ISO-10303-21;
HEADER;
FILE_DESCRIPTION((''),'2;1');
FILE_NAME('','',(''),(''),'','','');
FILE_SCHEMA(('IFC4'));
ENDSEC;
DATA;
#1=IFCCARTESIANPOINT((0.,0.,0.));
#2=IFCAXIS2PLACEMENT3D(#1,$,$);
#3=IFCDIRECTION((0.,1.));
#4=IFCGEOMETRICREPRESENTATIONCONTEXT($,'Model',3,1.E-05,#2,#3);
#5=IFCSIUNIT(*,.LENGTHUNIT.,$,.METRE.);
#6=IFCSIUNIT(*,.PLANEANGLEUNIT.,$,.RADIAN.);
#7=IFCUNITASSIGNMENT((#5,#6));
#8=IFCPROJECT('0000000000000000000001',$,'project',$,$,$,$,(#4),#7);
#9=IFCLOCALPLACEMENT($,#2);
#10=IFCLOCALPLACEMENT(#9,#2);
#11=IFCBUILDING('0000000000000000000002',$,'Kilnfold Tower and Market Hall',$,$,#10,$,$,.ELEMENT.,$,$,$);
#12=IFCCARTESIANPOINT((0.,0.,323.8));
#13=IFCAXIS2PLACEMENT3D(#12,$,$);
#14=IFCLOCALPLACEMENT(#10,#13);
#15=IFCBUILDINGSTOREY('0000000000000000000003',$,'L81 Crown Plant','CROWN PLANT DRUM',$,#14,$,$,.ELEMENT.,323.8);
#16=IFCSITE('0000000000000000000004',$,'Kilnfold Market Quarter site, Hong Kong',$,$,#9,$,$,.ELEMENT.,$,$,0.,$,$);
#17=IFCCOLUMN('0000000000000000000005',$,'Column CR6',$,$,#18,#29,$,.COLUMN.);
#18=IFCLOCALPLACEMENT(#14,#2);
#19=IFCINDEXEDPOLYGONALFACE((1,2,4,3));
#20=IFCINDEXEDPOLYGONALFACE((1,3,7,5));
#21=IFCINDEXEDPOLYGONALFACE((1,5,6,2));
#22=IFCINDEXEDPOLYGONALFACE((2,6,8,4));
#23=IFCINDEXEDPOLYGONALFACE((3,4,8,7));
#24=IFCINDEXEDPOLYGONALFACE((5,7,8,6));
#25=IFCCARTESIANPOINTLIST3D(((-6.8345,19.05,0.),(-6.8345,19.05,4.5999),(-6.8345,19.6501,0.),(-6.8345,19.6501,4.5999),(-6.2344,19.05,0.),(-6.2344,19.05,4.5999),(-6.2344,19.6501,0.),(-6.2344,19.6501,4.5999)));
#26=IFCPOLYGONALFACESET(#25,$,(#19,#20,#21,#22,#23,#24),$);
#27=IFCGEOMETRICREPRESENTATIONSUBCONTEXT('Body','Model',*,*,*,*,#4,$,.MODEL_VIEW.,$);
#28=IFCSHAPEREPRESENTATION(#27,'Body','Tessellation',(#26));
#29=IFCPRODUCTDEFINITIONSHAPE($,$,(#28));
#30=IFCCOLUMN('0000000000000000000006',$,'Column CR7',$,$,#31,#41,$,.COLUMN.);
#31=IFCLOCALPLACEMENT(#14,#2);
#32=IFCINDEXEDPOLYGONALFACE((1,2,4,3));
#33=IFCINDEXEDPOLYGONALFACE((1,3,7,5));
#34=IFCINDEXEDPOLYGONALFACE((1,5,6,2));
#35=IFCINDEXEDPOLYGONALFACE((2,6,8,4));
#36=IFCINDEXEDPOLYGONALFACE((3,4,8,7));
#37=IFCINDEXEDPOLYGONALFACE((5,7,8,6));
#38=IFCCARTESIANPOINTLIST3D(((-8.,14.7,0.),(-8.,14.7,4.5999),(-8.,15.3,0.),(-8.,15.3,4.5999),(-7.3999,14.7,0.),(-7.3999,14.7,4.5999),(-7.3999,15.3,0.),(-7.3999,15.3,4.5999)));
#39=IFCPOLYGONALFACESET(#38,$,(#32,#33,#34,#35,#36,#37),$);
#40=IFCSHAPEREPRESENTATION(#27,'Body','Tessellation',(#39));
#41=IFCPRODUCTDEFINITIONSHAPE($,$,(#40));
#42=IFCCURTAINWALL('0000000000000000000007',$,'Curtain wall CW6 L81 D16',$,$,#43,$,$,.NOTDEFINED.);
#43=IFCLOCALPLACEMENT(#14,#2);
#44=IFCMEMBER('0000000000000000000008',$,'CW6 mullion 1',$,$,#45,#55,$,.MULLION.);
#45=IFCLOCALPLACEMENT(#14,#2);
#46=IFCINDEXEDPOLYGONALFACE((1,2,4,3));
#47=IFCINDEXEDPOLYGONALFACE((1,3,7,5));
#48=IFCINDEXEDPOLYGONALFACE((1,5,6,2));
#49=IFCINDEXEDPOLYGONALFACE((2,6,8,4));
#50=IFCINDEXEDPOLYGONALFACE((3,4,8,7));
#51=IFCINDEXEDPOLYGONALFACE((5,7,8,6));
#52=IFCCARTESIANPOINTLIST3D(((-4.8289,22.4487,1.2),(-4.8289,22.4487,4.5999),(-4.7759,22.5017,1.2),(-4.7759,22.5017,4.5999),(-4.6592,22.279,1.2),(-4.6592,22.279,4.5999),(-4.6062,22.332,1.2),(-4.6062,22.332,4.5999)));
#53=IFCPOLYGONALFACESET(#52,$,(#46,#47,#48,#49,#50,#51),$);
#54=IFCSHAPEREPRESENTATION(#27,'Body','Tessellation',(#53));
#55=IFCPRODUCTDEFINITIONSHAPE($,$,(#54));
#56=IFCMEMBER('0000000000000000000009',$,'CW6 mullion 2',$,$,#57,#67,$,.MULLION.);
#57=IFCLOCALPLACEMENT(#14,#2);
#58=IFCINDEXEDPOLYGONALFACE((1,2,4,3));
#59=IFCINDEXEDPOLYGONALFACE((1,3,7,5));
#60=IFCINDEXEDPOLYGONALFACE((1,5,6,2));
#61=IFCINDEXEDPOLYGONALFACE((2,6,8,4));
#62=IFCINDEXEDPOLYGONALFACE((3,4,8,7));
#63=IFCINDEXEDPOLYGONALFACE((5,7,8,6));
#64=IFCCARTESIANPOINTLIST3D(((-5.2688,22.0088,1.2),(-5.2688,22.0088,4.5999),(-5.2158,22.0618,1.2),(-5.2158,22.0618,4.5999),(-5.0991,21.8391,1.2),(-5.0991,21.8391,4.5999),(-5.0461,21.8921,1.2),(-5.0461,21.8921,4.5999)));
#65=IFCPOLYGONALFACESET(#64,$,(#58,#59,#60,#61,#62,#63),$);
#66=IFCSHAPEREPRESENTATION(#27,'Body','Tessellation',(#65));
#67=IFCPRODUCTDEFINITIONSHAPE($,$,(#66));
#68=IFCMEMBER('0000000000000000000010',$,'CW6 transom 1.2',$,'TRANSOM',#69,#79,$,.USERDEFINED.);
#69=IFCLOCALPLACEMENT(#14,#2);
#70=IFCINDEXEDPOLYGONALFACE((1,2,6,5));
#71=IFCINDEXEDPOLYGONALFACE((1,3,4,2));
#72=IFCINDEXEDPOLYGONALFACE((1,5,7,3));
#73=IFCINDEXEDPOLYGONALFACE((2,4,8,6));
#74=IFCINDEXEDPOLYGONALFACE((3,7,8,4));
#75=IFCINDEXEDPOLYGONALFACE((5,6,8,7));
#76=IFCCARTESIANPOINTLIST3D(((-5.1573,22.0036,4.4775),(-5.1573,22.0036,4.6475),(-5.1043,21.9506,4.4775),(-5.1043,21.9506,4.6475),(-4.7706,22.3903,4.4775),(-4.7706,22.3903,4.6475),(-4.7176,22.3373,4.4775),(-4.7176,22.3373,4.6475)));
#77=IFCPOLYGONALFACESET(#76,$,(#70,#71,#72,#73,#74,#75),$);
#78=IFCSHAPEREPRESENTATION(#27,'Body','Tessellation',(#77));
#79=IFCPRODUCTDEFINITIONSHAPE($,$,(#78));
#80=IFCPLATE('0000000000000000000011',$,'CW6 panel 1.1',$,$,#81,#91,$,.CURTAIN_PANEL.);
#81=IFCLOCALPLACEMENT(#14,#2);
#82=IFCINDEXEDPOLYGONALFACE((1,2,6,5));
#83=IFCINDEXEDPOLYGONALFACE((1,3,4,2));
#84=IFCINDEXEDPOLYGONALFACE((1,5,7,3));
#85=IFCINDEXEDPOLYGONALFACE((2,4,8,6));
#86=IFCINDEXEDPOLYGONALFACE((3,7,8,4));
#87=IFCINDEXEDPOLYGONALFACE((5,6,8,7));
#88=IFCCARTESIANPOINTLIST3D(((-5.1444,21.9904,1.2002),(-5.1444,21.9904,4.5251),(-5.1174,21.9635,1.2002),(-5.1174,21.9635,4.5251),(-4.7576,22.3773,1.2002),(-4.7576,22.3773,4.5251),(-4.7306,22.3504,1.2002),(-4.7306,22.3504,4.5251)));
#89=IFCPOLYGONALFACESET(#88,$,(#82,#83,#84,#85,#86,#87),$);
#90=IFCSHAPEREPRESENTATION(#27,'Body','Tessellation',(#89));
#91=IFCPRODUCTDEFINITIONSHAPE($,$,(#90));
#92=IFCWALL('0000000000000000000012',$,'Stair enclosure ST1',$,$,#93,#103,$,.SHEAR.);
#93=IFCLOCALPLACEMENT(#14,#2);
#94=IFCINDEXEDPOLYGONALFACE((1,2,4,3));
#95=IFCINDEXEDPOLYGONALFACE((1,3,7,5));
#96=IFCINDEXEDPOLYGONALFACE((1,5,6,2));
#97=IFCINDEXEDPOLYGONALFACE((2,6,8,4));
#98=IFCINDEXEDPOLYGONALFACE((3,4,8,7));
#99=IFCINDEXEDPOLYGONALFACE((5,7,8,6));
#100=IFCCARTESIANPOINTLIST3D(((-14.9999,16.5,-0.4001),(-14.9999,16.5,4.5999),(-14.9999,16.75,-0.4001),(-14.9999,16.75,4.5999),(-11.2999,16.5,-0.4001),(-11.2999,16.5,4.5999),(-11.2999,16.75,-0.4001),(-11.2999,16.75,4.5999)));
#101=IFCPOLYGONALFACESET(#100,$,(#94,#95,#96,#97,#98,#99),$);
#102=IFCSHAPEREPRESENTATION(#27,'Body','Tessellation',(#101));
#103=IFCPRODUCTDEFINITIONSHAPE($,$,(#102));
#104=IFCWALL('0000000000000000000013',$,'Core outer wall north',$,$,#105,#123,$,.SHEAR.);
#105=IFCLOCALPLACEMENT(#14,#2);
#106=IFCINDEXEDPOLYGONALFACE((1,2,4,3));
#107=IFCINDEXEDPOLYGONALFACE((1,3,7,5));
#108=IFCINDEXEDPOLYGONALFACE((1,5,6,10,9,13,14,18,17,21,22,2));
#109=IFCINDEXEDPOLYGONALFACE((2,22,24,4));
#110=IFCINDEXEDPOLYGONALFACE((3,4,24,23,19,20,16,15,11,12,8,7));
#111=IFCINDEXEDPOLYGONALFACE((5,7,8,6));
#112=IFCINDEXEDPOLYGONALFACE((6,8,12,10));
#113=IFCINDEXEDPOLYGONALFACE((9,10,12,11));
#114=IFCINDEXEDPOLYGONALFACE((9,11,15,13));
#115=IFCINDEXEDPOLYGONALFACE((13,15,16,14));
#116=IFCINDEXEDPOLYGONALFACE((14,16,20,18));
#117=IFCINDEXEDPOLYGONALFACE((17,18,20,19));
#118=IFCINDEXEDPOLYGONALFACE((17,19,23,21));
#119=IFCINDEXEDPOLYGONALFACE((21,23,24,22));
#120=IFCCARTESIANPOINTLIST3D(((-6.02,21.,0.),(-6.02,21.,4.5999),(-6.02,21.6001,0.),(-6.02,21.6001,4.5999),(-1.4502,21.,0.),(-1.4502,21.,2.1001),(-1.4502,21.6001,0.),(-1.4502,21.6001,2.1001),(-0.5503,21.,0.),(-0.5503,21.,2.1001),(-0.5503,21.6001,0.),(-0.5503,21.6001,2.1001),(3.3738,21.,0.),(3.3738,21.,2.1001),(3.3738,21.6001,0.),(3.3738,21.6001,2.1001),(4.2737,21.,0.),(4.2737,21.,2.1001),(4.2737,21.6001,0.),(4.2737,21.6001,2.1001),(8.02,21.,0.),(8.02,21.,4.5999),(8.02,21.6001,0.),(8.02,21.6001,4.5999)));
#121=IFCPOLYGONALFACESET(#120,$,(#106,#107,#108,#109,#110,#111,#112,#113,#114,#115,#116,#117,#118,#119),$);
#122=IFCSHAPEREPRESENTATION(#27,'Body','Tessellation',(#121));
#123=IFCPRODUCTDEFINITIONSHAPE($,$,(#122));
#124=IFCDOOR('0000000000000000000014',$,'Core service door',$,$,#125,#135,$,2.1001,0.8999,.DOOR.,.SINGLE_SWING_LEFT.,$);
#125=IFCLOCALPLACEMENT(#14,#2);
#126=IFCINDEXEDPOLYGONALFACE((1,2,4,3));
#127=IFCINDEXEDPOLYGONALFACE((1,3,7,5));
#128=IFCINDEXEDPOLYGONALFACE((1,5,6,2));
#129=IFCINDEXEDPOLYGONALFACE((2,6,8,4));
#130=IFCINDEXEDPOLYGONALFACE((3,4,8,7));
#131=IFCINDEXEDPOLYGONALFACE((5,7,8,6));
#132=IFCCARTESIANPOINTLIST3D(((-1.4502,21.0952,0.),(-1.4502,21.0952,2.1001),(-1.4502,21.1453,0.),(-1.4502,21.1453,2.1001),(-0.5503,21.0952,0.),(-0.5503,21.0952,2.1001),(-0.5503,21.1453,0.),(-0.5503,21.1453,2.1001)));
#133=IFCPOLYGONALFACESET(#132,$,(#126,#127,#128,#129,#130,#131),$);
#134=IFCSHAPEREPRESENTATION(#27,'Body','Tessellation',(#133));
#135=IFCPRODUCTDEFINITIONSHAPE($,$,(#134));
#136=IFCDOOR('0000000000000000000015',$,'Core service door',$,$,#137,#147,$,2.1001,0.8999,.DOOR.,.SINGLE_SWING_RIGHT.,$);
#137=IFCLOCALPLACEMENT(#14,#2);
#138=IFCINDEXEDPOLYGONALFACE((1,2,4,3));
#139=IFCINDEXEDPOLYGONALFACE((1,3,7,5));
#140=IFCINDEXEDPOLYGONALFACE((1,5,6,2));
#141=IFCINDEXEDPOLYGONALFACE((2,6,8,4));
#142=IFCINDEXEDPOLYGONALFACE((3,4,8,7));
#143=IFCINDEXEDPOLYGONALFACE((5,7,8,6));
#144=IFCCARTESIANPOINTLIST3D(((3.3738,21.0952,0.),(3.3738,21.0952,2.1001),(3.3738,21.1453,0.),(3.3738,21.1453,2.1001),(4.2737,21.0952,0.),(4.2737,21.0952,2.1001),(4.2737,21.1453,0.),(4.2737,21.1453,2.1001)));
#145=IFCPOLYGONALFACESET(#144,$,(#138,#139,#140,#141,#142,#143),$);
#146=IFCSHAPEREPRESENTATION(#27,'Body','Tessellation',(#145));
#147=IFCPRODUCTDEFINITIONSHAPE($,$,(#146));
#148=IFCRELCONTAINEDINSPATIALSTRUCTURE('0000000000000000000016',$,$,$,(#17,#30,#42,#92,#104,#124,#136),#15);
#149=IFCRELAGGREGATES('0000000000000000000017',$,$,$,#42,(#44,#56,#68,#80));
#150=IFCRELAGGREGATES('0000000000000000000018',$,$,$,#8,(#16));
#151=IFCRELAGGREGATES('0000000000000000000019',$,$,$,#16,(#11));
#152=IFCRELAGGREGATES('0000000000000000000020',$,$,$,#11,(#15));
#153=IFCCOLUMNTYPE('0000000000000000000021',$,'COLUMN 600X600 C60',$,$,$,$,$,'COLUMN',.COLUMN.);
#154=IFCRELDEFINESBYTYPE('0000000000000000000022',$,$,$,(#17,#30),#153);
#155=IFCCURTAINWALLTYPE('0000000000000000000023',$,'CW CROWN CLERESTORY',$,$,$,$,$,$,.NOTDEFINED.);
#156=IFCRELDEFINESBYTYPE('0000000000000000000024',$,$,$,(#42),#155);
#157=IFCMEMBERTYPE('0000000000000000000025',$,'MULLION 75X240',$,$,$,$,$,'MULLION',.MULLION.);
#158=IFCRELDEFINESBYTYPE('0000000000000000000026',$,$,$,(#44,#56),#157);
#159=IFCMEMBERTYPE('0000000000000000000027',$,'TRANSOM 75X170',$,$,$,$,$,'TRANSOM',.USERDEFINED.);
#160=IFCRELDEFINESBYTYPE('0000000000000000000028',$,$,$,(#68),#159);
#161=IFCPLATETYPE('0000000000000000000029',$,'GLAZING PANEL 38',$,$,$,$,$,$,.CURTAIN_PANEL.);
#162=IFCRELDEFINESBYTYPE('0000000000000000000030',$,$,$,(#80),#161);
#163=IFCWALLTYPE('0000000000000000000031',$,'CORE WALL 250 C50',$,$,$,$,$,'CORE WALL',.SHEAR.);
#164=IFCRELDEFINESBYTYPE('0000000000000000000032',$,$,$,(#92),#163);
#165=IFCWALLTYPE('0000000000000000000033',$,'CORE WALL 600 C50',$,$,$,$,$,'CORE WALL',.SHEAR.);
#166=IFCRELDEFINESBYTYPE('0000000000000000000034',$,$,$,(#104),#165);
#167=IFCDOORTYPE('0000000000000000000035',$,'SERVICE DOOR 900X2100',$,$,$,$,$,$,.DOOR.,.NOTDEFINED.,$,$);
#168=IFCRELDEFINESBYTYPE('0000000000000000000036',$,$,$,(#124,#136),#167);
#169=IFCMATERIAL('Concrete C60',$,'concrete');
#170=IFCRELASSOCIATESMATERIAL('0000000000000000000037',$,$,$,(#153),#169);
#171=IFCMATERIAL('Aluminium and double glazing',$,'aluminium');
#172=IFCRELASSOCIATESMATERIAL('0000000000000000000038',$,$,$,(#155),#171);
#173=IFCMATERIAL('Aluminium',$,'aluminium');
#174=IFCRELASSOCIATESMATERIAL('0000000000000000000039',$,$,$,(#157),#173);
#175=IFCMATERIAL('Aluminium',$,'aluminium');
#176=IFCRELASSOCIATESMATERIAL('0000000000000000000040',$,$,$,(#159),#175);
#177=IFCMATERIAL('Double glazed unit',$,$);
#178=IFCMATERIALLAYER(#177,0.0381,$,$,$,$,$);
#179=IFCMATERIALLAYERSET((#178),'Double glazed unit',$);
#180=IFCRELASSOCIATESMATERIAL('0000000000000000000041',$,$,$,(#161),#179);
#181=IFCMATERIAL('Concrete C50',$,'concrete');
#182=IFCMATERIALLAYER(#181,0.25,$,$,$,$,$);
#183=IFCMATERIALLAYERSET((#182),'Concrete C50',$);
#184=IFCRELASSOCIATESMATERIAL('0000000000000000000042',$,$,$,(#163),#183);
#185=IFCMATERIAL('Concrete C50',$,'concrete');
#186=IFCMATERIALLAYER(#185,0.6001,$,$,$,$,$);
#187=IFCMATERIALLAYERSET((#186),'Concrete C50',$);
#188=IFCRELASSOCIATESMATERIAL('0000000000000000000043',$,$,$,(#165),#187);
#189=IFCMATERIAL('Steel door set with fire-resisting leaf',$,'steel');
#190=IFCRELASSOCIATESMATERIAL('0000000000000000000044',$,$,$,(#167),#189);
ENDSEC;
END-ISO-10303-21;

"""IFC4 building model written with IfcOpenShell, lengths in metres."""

from ifc_helpers import new_model, si_unit, direction, frame, frame_2d, origin, origin_2d, place, context, subcontext, project, spatial, rectangle, extrude, source, transform, mapped, material, layer, layer_set, material_profile, profile_set, type_object, element, fill, aggregate, save


model = new_model("IFC4")

# Units and contexts
model_context = context("Model", 3, precision=1e-05, world=origin(), true_north=direction((0.0, 1.0)))
body_context = subcontext(model_context, "Body", "Model", "MODEL_VIEW")
ifc_project = project(units=[si_unit("LENGTHUNIT", "METRE"), si_unit("PLANEANGLEUNIT", "RADIAN")], contexts=[model_context])

# Site, building, storey
site_placement = place(None, origin())
site = spatial("IfcSite", under=ifc_project, at=site_placement, Name="Kilnfold Market Quarter site, Hong Kong", CompositionType="ELEMENT", RefElevation=0.0)
building_placement = place(site_placement, origin())
building = spatial("IfcBuilding", under=site, at=building_placement, Name="Kilnfold Tower and Market Hall", CompositionType="ELEMENT")
storey_placement = place(building_placement, frame((0.0, 0.0, 323.8)))
storey = spatial("IfcBuildingStorey", under=building, at=storey_placement, Name="L81 Crown Plant", Description="CROWN PLANT DRUM", CompositionType="ELEMENT", Elevation=323.8)

# Columns
ifc_material_1 = material(Name="Concrete C60", Category="concrete")
ifc_material_profile_1 = material_profile(ifc_material_1, rectangle(XDim=0.6001, YDim=0.6001, at=origin_2d()), Name="RC 600x600")
ifc_profile_set_1 = profile_set([ifc_material_profile_1], Name="Concrete C60")
column_type = type_object("IfcColumnType", Name="COLUMN 600X600 C60", ElementType="COLUMN", PredefinedType="COLUMN", material=ifc_profile_set_1)
shared_shape_1 = source(origin(), body_context, "Body", "SweptSolid", [
    extrude(rectangle(XDim=0.6001, YDim=0.6001, at=origin_2d()), origin(), (0.0, 0.0, 1.0), 4.5999),
])
for number, where, z_axis, x_axis, name in (
    (1, (-6.5344, 19.3501, 0.0), (0.0, 0.0, 1.0), (1.0, 0.0, 0.0), "Column CR6"),
    (2, (-7.7, 15.0, 0.0), (0.0, 0.0, 1.0), (1.0, 0.0, 0.0), "Column CR7"),
):
    element("IfcColumn", number, at=place(storey_placement, frame(where, z_axis=z_axis, x_axis=x_axis)), inside=storey, type_object=column_type, Name=name, PredefinedType="COLUMN", context=body_context, shape_type="MappedRepresentation", body=[
        mapped(shared_shape_1, transform((0.0, 0.0, 0.0))),
    ])

# Curtain wall, members, plate
ifc_material_2 = material(Name="Aluminium and double glazing", Category="aluminium")
curtain_wall_type = type_object("IfcCurtainWallType", Name="CW CROWN CLERESTORY", PredefinedType="NOTDEFINED", material=ifc_material_2)
curtain_wall_placement = place(storey_placement, origin())
curtain_wall = element("IfcCurtainWall", 3, at=curtain_wall_placement, inside=storey, type_object=curtain_wall_type, Name="Curtain wall CW6 L81 D16", PredefinedType="NOTDEFINED")
ifc_material_3 = material(Name="Aluminium", Category="aluminium")
ifc_material_profile_2 = material_profile(ifc_material_3, rectangle(XDim=0.075, YDim=0.24, at=origin_2d()), Name="MULLION 75x240")
ifc_profile_set_2 = profile_set([ifc_material_profile_2], Name="Aluminium")
member_type_1 = type_object("IfcMemberType", Name="MULLION 75X240", ElementType="MULLION", PredefinedType="MULLION", material=ifc_profile_set_2)
shared_shape_2 = source(origin(), body_context, "Body", "SweptSolid", [
    extrude(rectangle(XDim=0.075, YDim=0.24, at=origin_2d()), origin(), (0.0, 0.0, 1.0), 3.3999),
])
member_1_placement = place(storey_placement, frame((-4.7175, 22.3904, 1.2), z_axis=(0.0, 0.0, 1.0), x_axis=(-0.707035, -0.707178, 0.0)))
member_1 = element("IfcMember", 4, at=member_1_placement, type_object=member_type_1, Name="CW6 mullion 1", PredefinedType="MULLION", context=body_context, shape_type="MappedRepresentation", body=[
    mapped(shared_shape_2, transform((0.0, 0.0, 0.0))),
])
member_2_placement = place(storey_placement, frame((-5.1575, 21.9504, 1.2), z_axis=(0.0, 0.0, 1.0), x_axis=(-0.707035, -0.707178, 0.0)))
member_2 = element("IfcMember", 5, at=member_2_placement, type_object=member_type_1, Name="CW6 mullion 2", PredefinedType="MULLION", context=body_context, shape_type="MappedRepresentation", body=[
    mapped(shared_shape_2, transform((0.0, 0.0, 0.0))),
])
ifc_material_4 = material(Name="Aluminium", Category="aluminium")
ifc_material_profile_3 = material_profile(ifc_material_4, rectangle(XDim=0.075, YDim=0.1699, at=origin_2d()), Name="TRANSOM 75x170")
ifc_profile_set_3 = profile_set([ifc_material_profile_3], Name="Aluminium")
member_type_2 = type_object("IfcMemberType", Name="TRANSOM 75X170", ElementType="TRANSOM", PredefinedType="USERDEFINED", material=ifc_profile_set_3)
shared_shape_3 = source(origin(), body_context, "Body", "SweptSolid", [
    extrude(rectangle(XDim=0.075, YDim=0.1699, at=origin_2d()), origin(), (0.0, 0.0, 1.0), 0.5469),
])
member_3_placement = place(storey_placement, frame((-4.7441, 22.3638, 4.5625), z_axis=(-0.707107, -0.707107, 0.0), x_axis=(0.707107, -0.707107, 0.0)))
member_3 = element("IfcMember", 6, at=member_3_placement, type_object=member_type_2, Name="CW6 transom 1.2", ObjectType="TRANSOM", PredefinedType="USERDEFINED", context=body_context, shape_type="MappedRepresentation", body=[
    mapped(shared_shape_3, transform((0.0, 0.0, 0.0))),
])
ifc_material_5 = material(Name="Double glazed unit")
ifc_layer_1 = layer(ifc_material_5, 0.0381)
ifc_layer_set_1 = layer_set([ifc_layer_1], Name="Double glazed unit")
plate_type = type_object("IfcPlateType", Name="GLAZING PANEL 38", PredefinedType="CURTAIN_PANEL", material=ifc_layer_set_1)
shared_shape_4 = source(origin(), body_context, "Body", "SweptSolid", [
    extrude(rectangle(XDim=0.5471, YDim=0.0381, at=origin_2d()), origin(), (0.0, 0.0, 1.0), 3.325),
])
plate_placement = place(storey_placement, frame((-4.9375, 22.1704, 1.2002), z_axis=(0.0, 0.0, 1.0), x_axis=(-0.707035, -0.707178, 0.0)))
plate = element("IfcPlate", 7, at=plate_placement, type_object=plate_type, Name="CW6 panel 1.1", PredefinedType="CURTAIN_PANEL", context=body_context, shape_type="MappedRepresentation", body=[
    mapped(shared_shape_4, transform((0.0, 0.0, 0.0))),
])
aggregate(curtain_wall, [member_1, member_2, member_3, plate])

# Wall
ifc_material_6 = material(Name="Concrete C50", Category="concrete")
ifc_layer_2 = layer(ifc_material_6, 0.25)
ifc_layer_set_2 = layer_set([ifc_layer_2], Name="Concrete C50")
wall_type_1 = type_object("IfcWallType", Name="CORE WALL 250 C50", ElementType="CORE WALL", PredefinedType="SHEAR", material=ifc_layer_set_2)
shared_shape_5 = source(origin(), body_context, "Body", "SweptSolid", [
    extrude(rectangle(XDim=3.7, YDim=0.25, at=frame_2d((1.8501, 0.0))), origin(), (0.0, 0.0, 1.0), 5.0),
])
wall_1_placement = place(storey_placement, frame((-15.0, 16.625, -0.4001), z_axis=(0.0, 0.0, 1.0), x_axis=(1.0, 0.0, 0.0)))
element("IfcWall", 8, at=wall_1_placement, inside=storey, type_object=wall_type_1, Name="Stair enclosure ST1", PredefinedType="SHEAR", context=body_context, shape_type="MappedRepresentation", body=[
    mapped(shared_shape_5, transform((0.0, 0.0, 0.0))),
])

# Wall, openings, doors
ifc_material_7 = material(Name="Concrete C50", Category="concrete")
ifc_layer_3 = layer(ifc_material_7, 0.6001)
ifc_layer_set_3 = layer_set([ifc_layer_3], Name="Concrete C50")
wall_type_2 = type_object("IfcWallType", Name="CORE WALL 600 C50", ElementType="CORE WALL", PredefinedType="SHEAR", material=ifc_layer_set_3)
shared_shape_6 = source(origin(), body_context, "Body", "SweptSolid", [
    extrude(rectangle(XDim=14.04, YDim=0.6001, at=frame_2d((7.02, 0.0))), origin(), (0.0, 0.0, 1.0), 4.5999),
])
wall_2_placement = place(storey_placement, frame((-6.02, 21.3, 0.0), z_axis=(0.0, 0.0, 1.0), x_axis=(1.0, 0.0, 0.0)))
wall_2 = element("IfcWall", 9, at=wall_2_placement, inside=storey, type_object=wall_type_2, Name="Core outer wall north", PredefinedType="SHEAR", context=body_context, shape_type="MappedRepresentation", body=[
    mapped(shared_shape_6, transform((0.0, 0.0, 0.0))),
])
opening_1_placement = place(wall_2_placement, frame((4.5698, 0.0, 0.0)))
opening_1 = element("IfcOpeningElement", 10, at=opening_1_placement, cuts=wall_2, PredefinedType="OPENING", context=body_context, shape_type="SweptSolid", body=[
    extrude(rectangle(XDim=0.8999, YDim=2.1001, at=frame_2d((0.45, 1.05))), frame((0.0, 0.3101, 0.0), z_axis=(0.0, -1.0, 0.0), x_axis=(1.0, 0.0, 0.0)), (0.0, 0.0, 1.0), 0.6201),
])
opening_2_placement = place(wall_2_placement, frame((9.3938, 0.0, 0.0)))
opening_2 = element("IfcOpeningElement", 11, at=opening_2_placement, cuts=wall_2, PredefinedType="OPENING", context=body_context, shape_type="SweptSolid", body=[
    extrude(rectangle(XDim=0.8999, YDim=2.1001, at=frame_2d((0.45, 1.05))), frame((0.0, 0.3101, 0.0), z_axis=(0.0, -1.0, 0.0), x_axis=(1.0, 0.0, 0.0)), (0.0, 0.0, 1.0), 0.6201),
])
ifc_material_8 = material(Name="Steel door set with fire-resisting leaf", Category="steel")
door_type = type_object("IfcDoorType", Name="SERVICE DOOR 900X2100", OperationType="NOTDEFINED", PredefinedType="DOOR", material=ifc_material_8)
door_1_placement = place(opening_1_placement, origin())
door_1 = element("IfcDoor", 12, at=door_1_placement, inside=storey, type_object=door_type, Name="Core service door", OperationType="SINGLE_SWING_LEFT", OverallHeight=2.1001, OverallWidth=0.8999, PredefinedType="DOOR", context=body_context, shape_type="SweptSolid", body=[
    extrude(rectangle(XDim=0.8999, YDim=2.1001, at=frame_2d((0.45, 1.05))), frame((0.0, -0.1548, 0.0), z_axis=(0.0, -1.0, 0.0), x_axis=(1.0, 0.0, 0.0)), (0.0, 0.0, 1.0), 0.05),
])
fill(opening_1, door_1)
door_2_placement = place(opening_2_placement, origin())
door_2 = element("IfcDoor", 13, at=door_2_placement, inside=storey, type_object=door_type, Name="Core service door", OperationType="SINGLE_SWING_RIGHT", OverallHeight=2.1001, OverallWidth=0.8999, PredefinedType="DOOR", context=body_context, shape_type="SweptSolid", body=[
    extrude(rectangle(XDim=0.8999, YDim=2.1001, at=frame_2d((0.45, 1.05))), frame((0.0, -0.1548, 0.0), z_axis=(0.0, -1.0, 0.0), x_axis=(1.0, 0.0, 0.0)), (0.0, 0.0, 1.0), 0.05),
])
fill(opening_2, door_2)

save(model, "model.ifc")
